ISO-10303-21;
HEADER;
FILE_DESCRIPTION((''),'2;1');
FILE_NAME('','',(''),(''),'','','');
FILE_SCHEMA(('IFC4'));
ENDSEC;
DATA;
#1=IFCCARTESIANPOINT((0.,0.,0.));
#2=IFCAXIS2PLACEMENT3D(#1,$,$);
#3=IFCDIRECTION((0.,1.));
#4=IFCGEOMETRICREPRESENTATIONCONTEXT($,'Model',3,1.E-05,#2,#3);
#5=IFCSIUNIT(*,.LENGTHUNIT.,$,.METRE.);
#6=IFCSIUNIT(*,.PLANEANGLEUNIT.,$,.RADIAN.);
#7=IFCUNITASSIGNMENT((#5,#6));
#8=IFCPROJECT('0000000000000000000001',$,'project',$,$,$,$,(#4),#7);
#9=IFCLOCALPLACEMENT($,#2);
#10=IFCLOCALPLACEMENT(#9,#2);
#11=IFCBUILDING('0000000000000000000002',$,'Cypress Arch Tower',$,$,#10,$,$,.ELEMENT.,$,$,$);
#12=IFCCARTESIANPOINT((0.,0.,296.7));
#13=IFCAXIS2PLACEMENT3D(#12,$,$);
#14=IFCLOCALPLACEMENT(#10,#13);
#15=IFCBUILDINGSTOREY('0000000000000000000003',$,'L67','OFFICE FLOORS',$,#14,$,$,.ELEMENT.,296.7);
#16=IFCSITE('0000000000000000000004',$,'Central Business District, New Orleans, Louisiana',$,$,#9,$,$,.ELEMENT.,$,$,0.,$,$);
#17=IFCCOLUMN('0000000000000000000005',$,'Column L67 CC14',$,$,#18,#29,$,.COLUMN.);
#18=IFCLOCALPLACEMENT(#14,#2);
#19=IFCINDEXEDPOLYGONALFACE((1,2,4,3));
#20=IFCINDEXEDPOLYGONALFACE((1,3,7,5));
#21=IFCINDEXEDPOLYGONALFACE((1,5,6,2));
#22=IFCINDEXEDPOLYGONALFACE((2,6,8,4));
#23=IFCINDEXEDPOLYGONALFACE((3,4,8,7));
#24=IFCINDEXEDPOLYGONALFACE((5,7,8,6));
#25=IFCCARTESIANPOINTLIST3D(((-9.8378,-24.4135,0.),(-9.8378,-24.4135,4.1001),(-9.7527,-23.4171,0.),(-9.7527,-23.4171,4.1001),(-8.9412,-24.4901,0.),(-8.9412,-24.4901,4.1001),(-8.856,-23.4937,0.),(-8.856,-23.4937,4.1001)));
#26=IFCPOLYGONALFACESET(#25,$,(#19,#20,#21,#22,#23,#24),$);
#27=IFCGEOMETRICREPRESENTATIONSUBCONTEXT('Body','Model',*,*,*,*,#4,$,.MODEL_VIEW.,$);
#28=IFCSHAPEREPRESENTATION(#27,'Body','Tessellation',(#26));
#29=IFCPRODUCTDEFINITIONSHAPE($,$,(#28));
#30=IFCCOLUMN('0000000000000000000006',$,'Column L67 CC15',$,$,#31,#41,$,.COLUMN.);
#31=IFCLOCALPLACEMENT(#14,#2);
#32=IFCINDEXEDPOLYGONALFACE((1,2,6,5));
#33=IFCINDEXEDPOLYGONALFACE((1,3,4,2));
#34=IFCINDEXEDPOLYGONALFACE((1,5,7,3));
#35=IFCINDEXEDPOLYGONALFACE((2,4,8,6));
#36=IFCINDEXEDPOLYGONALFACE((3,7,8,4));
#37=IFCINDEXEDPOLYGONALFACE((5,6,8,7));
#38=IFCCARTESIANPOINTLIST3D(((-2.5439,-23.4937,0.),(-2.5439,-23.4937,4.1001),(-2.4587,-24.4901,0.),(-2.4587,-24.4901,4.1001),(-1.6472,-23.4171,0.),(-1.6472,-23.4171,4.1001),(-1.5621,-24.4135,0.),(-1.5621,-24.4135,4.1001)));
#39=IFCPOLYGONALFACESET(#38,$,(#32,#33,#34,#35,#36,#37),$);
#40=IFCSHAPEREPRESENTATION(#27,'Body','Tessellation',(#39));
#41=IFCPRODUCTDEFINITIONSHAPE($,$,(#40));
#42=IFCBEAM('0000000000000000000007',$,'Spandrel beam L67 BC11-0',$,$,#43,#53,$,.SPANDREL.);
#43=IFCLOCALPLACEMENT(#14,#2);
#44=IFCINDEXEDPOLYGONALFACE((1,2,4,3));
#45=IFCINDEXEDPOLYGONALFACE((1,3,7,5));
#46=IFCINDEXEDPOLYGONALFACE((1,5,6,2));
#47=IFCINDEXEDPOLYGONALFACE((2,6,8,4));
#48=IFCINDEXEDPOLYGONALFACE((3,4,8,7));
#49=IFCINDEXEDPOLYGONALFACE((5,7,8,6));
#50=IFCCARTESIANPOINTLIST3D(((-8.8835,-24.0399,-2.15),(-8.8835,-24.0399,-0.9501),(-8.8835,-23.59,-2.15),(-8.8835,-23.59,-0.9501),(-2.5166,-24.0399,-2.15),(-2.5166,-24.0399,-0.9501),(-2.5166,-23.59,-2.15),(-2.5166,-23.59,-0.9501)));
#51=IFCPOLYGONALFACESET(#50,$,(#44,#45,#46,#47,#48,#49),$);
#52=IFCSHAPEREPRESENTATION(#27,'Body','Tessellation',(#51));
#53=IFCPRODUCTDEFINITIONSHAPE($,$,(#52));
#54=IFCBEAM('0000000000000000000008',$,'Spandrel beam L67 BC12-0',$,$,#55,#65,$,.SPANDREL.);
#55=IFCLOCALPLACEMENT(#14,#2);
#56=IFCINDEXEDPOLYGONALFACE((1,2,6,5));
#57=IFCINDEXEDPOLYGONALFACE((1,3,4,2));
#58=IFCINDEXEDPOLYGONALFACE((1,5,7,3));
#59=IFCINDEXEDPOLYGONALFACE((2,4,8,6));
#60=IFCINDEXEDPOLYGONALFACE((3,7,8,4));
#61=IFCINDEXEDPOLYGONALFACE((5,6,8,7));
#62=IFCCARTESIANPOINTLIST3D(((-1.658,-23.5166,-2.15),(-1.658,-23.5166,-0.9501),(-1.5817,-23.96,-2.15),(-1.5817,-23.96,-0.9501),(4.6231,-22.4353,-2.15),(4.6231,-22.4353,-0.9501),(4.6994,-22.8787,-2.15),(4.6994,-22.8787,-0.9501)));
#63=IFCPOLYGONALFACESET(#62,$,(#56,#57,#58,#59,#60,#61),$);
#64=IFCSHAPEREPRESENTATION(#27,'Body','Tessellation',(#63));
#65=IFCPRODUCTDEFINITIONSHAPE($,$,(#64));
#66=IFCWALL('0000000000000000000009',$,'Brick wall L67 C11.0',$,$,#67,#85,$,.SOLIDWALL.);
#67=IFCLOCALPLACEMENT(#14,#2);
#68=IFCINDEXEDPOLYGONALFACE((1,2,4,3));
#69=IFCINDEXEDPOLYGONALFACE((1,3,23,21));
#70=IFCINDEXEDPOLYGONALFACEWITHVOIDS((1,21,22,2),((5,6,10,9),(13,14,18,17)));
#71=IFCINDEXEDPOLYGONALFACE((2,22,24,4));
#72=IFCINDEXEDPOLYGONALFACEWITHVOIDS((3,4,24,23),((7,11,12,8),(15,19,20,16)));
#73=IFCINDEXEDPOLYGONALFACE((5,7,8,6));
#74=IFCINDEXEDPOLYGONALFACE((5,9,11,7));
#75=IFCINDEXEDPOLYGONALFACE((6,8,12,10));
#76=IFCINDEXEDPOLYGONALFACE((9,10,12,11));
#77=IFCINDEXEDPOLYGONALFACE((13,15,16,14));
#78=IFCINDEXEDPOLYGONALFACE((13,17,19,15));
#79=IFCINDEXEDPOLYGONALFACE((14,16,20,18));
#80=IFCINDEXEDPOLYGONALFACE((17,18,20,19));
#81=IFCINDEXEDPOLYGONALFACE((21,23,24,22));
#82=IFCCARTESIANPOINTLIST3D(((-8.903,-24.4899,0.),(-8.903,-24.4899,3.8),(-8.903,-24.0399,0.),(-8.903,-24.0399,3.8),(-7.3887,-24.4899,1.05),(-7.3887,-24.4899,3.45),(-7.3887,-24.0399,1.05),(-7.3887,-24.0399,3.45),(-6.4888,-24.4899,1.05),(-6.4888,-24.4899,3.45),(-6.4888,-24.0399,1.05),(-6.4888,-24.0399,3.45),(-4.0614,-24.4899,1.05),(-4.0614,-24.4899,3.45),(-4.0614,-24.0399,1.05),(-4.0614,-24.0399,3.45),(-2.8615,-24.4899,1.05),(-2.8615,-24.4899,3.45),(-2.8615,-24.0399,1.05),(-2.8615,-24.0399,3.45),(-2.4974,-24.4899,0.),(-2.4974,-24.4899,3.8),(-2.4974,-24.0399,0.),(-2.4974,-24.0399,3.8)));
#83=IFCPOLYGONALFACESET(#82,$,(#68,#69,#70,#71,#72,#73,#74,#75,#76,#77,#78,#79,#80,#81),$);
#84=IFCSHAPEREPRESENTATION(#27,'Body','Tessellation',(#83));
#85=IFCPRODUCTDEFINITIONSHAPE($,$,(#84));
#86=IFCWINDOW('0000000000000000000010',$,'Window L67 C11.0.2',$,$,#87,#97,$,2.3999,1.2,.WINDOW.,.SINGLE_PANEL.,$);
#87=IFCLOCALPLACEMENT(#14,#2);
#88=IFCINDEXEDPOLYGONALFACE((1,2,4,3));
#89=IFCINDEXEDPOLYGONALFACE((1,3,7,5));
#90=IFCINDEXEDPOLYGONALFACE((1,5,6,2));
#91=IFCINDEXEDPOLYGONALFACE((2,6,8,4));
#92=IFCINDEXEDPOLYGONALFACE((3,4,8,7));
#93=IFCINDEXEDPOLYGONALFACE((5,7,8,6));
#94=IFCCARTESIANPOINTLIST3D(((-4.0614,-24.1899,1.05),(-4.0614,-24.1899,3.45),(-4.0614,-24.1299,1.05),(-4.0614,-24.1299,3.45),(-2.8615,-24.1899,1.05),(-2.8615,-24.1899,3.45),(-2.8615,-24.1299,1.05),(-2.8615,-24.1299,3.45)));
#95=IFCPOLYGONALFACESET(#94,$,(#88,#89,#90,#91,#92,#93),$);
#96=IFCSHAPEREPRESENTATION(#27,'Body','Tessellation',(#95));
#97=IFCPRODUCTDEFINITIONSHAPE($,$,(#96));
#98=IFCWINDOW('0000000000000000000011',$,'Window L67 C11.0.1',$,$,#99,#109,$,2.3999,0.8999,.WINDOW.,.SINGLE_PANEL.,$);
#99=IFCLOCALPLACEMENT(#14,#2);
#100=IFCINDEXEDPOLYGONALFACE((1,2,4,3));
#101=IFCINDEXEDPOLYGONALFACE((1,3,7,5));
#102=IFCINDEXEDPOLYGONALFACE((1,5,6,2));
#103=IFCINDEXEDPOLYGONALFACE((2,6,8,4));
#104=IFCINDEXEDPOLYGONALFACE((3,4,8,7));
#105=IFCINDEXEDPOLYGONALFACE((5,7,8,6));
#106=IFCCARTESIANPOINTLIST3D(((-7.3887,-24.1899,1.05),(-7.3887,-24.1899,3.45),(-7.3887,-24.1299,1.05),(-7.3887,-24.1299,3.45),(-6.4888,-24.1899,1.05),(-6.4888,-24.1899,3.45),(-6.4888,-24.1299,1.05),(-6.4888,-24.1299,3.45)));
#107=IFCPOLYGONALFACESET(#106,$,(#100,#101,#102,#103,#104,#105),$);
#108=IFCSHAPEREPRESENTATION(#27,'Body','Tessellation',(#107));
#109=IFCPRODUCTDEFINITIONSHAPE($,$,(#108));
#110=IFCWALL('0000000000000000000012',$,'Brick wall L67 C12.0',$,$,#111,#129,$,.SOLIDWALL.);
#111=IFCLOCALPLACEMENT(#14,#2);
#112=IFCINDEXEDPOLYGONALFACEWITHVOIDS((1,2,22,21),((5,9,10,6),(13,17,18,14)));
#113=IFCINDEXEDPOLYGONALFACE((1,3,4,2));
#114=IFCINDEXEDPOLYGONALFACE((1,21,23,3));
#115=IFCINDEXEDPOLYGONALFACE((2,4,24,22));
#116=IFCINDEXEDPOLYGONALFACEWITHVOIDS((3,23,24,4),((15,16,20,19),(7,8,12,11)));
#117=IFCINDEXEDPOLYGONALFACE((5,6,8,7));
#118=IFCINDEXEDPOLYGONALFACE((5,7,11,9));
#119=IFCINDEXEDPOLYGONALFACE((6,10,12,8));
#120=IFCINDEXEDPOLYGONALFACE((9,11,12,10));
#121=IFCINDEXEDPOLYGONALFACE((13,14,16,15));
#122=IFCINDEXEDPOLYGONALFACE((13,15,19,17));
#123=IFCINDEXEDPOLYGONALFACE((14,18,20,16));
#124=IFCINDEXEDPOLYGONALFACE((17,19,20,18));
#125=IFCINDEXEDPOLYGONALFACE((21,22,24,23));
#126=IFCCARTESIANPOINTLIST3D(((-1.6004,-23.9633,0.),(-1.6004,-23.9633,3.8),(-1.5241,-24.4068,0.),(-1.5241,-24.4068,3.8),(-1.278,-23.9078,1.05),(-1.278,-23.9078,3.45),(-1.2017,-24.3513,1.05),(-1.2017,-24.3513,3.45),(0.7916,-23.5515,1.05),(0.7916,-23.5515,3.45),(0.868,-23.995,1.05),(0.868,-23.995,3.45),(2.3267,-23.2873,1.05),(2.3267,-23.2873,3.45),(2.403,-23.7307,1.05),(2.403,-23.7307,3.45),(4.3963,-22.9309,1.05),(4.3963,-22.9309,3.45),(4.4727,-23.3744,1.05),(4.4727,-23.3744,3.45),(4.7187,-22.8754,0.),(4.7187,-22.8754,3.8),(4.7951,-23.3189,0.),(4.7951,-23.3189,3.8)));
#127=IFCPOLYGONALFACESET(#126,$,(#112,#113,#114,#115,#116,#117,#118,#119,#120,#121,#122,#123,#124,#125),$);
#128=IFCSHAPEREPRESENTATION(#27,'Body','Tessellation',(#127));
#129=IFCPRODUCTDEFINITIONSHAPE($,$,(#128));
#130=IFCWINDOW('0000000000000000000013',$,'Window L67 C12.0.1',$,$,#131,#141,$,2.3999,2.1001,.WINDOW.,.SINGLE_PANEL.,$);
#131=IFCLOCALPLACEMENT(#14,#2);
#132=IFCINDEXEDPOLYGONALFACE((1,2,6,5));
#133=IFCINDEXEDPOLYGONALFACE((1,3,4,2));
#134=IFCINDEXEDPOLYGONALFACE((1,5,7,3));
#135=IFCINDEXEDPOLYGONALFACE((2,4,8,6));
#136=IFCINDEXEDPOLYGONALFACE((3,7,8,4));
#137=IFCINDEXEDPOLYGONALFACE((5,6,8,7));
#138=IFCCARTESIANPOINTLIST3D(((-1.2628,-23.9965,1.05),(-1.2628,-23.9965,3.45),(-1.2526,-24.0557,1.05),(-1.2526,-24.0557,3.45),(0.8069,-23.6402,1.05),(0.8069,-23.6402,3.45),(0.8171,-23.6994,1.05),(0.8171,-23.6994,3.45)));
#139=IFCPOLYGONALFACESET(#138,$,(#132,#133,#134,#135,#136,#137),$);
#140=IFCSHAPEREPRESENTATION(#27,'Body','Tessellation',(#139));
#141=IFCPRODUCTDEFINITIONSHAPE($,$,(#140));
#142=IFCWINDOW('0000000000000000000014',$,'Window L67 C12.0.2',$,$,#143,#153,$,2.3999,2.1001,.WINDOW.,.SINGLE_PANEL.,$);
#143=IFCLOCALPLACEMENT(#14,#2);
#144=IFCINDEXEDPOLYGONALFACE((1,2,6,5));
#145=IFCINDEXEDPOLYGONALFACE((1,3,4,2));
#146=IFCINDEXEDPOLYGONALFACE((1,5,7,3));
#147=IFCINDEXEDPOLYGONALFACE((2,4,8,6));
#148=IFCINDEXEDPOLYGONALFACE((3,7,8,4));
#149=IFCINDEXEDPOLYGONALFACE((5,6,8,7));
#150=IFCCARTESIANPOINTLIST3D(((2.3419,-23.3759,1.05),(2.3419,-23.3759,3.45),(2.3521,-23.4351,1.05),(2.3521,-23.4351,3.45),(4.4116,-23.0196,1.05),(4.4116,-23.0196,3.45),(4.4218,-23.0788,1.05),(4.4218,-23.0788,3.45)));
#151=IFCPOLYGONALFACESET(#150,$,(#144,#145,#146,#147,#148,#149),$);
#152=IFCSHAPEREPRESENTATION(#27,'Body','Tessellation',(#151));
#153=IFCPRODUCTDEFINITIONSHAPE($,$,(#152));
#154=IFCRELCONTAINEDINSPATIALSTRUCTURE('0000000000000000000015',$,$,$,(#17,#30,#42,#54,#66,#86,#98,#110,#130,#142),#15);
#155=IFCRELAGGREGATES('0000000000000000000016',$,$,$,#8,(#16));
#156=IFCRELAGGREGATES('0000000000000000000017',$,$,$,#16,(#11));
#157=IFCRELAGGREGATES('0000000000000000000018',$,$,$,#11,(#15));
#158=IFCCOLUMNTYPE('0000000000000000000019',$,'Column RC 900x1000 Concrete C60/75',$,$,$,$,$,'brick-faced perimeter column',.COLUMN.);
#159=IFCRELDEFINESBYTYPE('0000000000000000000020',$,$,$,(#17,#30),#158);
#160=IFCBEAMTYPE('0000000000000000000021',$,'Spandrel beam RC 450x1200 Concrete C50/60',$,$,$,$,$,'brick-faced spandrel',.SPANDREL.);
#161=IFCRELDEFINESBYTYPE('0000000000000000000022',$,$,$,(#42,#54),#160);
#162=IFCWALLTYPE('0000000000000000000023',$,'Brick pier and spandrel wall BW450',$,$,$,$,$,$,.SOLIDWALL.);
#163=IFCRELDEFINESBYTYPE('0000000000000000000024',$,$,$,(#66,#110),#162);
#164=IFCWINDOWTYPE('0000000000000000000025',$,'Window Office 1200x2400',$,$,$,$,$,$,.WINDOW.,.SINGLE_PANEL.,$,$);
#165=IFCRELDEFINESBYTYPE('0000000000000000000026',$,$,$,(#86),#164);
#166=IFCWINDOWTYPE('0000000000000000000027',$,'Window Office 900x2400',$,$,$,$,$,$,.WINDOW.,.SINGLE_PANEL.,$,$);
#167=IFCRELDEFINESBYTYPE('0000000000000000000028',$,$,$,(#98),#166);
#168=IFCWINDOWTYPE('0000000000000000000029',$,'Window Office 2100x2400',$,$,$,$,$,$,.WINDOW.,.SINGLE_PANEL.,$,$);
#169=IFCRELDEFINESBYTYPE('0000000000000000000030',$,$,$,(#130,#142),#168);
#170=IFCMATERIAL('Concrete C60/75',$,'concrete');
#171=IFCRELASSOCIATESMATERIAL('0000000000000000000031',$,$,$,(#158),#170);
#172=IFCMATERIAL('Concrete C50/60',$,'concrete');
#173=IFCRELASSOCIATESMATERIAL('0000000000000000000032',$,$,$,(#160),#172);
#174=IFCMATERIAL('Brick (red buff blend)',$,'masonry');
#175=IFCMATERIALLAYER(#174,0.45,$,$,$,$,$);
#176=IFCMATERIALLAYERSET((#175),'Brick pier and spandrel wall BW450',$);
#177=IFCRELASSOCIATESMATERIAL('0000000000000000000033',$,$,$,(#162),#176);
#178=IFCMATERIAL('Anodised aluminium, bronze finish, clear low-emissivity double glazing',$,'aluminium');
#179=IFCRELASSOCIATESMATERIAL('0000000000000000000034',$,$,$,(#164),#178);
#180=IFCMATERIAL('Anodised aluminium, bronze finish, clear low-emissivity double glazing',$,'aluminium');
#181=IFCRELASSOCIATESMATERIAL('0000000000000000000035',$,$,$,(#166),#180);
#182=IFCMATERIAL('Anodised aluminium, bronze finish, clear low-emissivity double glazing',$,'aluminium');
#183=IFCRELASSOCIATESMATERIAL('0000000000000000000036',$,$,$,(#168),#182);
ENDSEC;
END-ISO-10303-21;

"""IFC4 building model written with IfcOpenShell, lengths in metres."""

from ifc_helpers import new_model, si_unit, direction, frame, frame_2d, origin, origin_2d, place, context, subcontext, project, spatial, rectangle, extrude, material, layer, layer_set, material_profile, profile_set, type_object, element, fill, save


model = new_model("IFC4")

# Units and contexts
model_context = context("Model", 3, precision=1e-05, world=origin(), true_north=direction((0.0, 1.0)))
body_context = subcontext(model_context, "Body", "Model", "MODEL_VIEW")
ifc_project = project(units=[si_unit("LENGTHUNIT", "METRE"), si_unit("PLANEANGLEUNIT", "RADIAN")], contexts=[model_context])

# Site, building, storey
site_placement = place(None, origin())
site = spatial("IfcSite", under=ifc_project, at=site_placement, Name="Central Business District, New Orleans, Louisiana", CompositionType="ELEMENT", RefElevation=0.0)
building_placement = place(site_placement, origin())
building = spatial("IfcBuilding", under=site, at=building_placement, Name="Cypress Arch Tower", CompositionType="ELEMENT")
storey_placement = place(building_placement, frame((0.0, 0.0, 296.7)))
storey = spatial("IfcBuildingStorey", under=building, at=storey_placement, Name="L67", Description="OFFICE FLOORS", CompositionType="ELEMENT", Elevation=296.7)

# Columns
ifc_material_1 = material(Name="Concrete C60/75", Category="concrete")
ifc_material_profile_1 = material_profile(ifc_material_1, rectangle(XDim=0.8999, YDim=1.0, at=origin_2d()), Name="RC 900x1000")
ifc_profile_set_1 = profile_set([ifc_material_profile_1], Name="Concrete C60/75")
column_type = type_object("IfcColumnType", Name="Column RC 900x1000 Concrete C60/75", ElementType="brick-faced perimeter column", PredefinedType="COLUMN", material=ifc_profile_set_1)
for number, where, z_axis, x_axis, name in (
    (1, (-9.3469, -23.9536, 0.0), (0.0, 0.0, 1.0), (0.996368, -0.085149, 0.0), "Column L67 CC14"),
    (2, (-2.053, -23.9536, 0.0), (0.0, 0.0, 1.0), (0.996368, 0.085149, 0.0), "Column L67 CC15"),
):
    element("IfcColumn", number, at=place(storey_placement, frame(where, z_axis=z_axis, x_axis=x_axis)), inside=storey, type_object=column_type, Name=name, PredefinedType="COLUMN", context=body_context, shape_type="SweptSolid", body=[
        extrude(rectangle(XDim=0.8999, YDim=1.0, at=origin_2d()), origin(), (0.0, 0.0, 1.0), 4.1001),
    ])

# Beams
ifc_material_2 = material(Name="Concrete C50/60", Category="concrete")
ifc_material_profile_2 = material_profile(ifc_material_2, rectangle(XDim=0.45, YDim=1.2, at=origin_2d()), Name="RC 450x1200")
ifc_profile_set_2 = profile_set([ifc_material_profile_2], Name="Concrete C50/60")
beam_type = type_object("IfcBeamType", Name="Spandrel beam RC 450x1200 Concrete C50/60", ElementType="brick-faced spandrel", PredefinedType="SPANDREL", material=ifc_profile_set_2)
beam_1_placement = place(storey_placement, frame((-8.8835, -23.8149, -1.55), z_axis=(1.0, 0.0, 0.0), x_axis=(0.0, 1.0, 0.0)))
element("IfcBeam", 3, at=beam_1_placement, inside=storey, type_object=beam_type, Name="Spandrel beam L67 BC11-0", PredefinedType="SPANDREL", context=body_context, shape_type="SweptSolid", body=[
    extrude(rectangle(XDim=0.45, YDim=1.2, at=origin_2d()), origin(), (0.0, 0.0, 1.0), 6.3669),
])
beam_2_placement = place(storey_placement, frame((-1.6199, -23.7383, -1.55), z_axis=(0.985504, 0.169652, 0.0), x_axis=(-0.169652, 0.985504, 0.0)))
element("IfcBeam", 4, at=beam_2_placement, inside=storey, type_object=beam_type, Name="Spandrel beam L67 BC12-0", PredefinedType="SPANDREL", context=body_context, shape_type="SweptSolid", body=[
    extrude(rectangle(XDim=0.45, YDim=1.2, at=origin_2d()), origin(), (0.0, 0.0, 1.0), 6.3735),
])

# Walls, openings, windows
ifc_material_3 = material(Name="Brick (red buff blend)", Category="masonry")
ifc_layer_1 = layer(ifc_material_3, 0.45)
ifc_layer_set_1 = layer_set([ifc_layer_1], Name="Brick pier and spandrel wall BW450")
wall_type_1 = type_object("IfcWallType", Name="Brick pier and spandrel wall BW450", PredefinedType="SOLIDWALL", material=ifc_layer_set_1)
wall_1_placement = place(storey_placement, frame((-8.9028, -24.2649, 0.0), z_axis=(0.0, 0.0, 1.0), x_axis=(1.0, 0.0, 0.0)))
wall_1 = element("IfcWall", 5, at=wall_1_placement, inside=storey, type_object=wall_type_1, Name="Brick wall L67 C11.0", PredefinedType="SOLIDWALL", context=body_context, shape_type="SweptSolid", body=[
    extrude(rectangle(XDim=6.4055, YDim=0.45, at=frame_2d((3.2026, 0.0))), origin(), (0.0, 0.0, 1.0), 3.8),
])
opening_1_placement = place(wall_1_placement, frame((1.5142, 0.0, 1.05)))
opening_1 = element("IfcOpeningElement", 6, at=opening_1_placement, cuts=wall_1, PredefinedType="OPENING", context=body_context, shape_type="SweptSolid", body=[
    extrude(rectangle(XDim=0.8999, YDim=2.3999, at=frame_2d((0.45, 1.2))), frame((0.0, 0.2349, 0.0), z_axis=(0.0, -1.0, 0.0), x_axis=(1.0, 0.0, 0.0)), (0.0, 0.0, 1.0), 0.47),
])
opening_2_placement = place(wall_1_placement, frame((4.8413, 0.0, 1.05)))
opening_2 = element("IfcOpeningElement", 7, at=opening_2_placement, cuts=wall_1, PredefinedType="OPENING", context=body_context, shape_type="SweptSolid", body=[
    extrude(rectangle(XDim=1.2, YDim=2.3999, at=frame_2d((0.6001, 1.2))), frame((0.0, 0.2349, 0.0), z_axis=(0.0, -1.0, 0.0), x_axis=(1.0, 0.0, 0.0)), (0.0, 0.0, 1.0), 0.47),
])
ifc_material_4 = material(Name="Anodised aluminium, bronze finish, clear low-emissivity double glazing", Category="aluminium")
window_type_1 = type_object("IfcWindowType", Name="Window Office 1200x2400", PartitioningType="SINGLE_PANEL", PredefinedType="WINDOW", material=ifc_material_4)
window_1_placement = place(opening_2_placement, origin())
window_1 = element("IfcWindow", 8, at=window_1_placement, inside=storey, type_object=window_type_1, Name="Window L67 C11.0.2", OverallHeight=2.3999, OverallWidth=1.2, PartitioningType="SINGLE_PANEL", PredefinedType="WINDOW", context=body_context, shape_type="SweptSolid", body=[
    extrude(rectangle(XDim=1.2, YDim=2.3999, at=frame_2d((0.6001, 1.2))), frame((0.0, 0.135, 0.0), z_axis=(0.0, -1.0, 0.0), x_axis=(1.0, 0.0, 0.0)), (0.0, 0.0, 1.0), 0.0601),
])
fill(opening_2, window_1)
ifc_material_5 = material(Name="Anodised aluminium, bronze finish, clear low-emissivity double glazing", Category="aluminium")
window_type_2 = type_object("IfcWindowType", Name="Window Office 900x2400", PartitioningType="SINGLE_PANEL", PredefinedType="WINDOW", material=ifc_material_5)
window_2_placement = place(opening_1_placement, origin())
window_2 = element("IfcWindow", 9, at=window_2_placement, inside=storey, type_object=window_type_2, Name="Window L67 C11.0.1", OverallHeight=2.3999, OverallWidth=0.8999, PartitioningType="SINGLE_PANEL", PredefinedType="WINDOW", context=body_context, shape_type="SweptSolid", body=[
    extrude(rectangle(XDim=0.8999, YDim=2.3999, at=frame_2d((0.45, 1.2))), frame((0.0, 0.135, 0.0), z_axis=(0.0, -1.0, 0.0), x_axis=(1.0, 0.0, 0.0)), (0.0, 0.0, 1.0), 0.0601),
])
fill(opening_1, window_2)
wall_2_placement = place(storey_placement, frame((-1.5623, -24.1851, 0.0), z_axis=(0.0, 0.0, 1.0), x_axis=(0.985502, 0.169663, 0.0)))
wall_2 = element("IfcWall", 10, at=wall_2_placement, inside=storey, type_object=wall_type_1, Name="Brick wall L67 C12.0", PredefinedType="SOLIDWALL", context=body_context, shape_type="SweptSolid", body=[
    extrude(rectangle(XDim=6.4121, YDim=0.45, at=frame_2d((3.2061, 0.0))), origin(), (0.0, 0.0, 1.0), 3.8),
])
opening_3_placement = place(wall_2_placement, frame((0.3271, 0.0, 1.05)))
opening_3 = element("IfcOpeningElement", 11, at=opening_3_placement, cuts=wall_2, PredefinedType="OPENING", context=body_context, shape_type="SweptSolid", body=[
    extrude(rectangle(XDim=2.1001, YDim=2.3999, at=frame_2d((1.05, 1.2))), frame((0.0, 0.2349, 0.0), z_axis=(0.0, -1.0, 0.0), x_axis=(1.0, 0.0, 0.0)), (0.0, 0.0, 1.0), 0.47),
])
opening_4_placement = place(wall_2_placement, frame((3.9849, 0.0, 1.05)))
opening_4 = element("IfcOpeningElement", 12, at=opening_4_placement, cuts=wall_2, PredefinedType="OPENING", context=body_context, shape_type="SweptSolid", body=[
    extrude(rectangle(XDim=2.1001, YDim=2.3999, at=frame_2d((1.05, 1.2))), frame((0.0, 0.2349, 0.0), z_axis=(0.0, -1.0, 0.0), x_axis=(1.0, 0.0, 0.0)), (0.0, 0.0, 1.0), 0.47),
])
ifc_material_6 = material(Name="Anodised aluminium, bronze finish, clear low-emissivity double glazing", Category="aluminium")
window_type_3 = type_object("IfcWindowType", Name="Window Office 2100x2400", PartitioningType="SINGLE_PANEL", PredefinedType="WINDOW", material=ifc_material_6)
window_3_placement = place(opening_3_placement, origin())
window_3 = element("IfcWindow", 13, at=window_3_placement, inside=storey, type_object=window_type_3, Name="Window L67 C12.0.1", OverallHeight=2.3999, OverallWidth=2.1001, PartitioningType="SINGLE_PANEL", PredefinedType="WINDOW", context=body_context, shape_type="SweptSolid", body=[
    extrude(rectangle(XDim=2.1001, YDim=2.3999, at=frame_2d((1.05, 1.2))), frame((0.0, 0.135, 0.0), z_axis=(0.0, -1.0, 0.0), x_axis=(1.0, 0.0, 0.0)), (0.0, 0.0, 1.0), 0.0601),
])
fill(opening_3, window_3)
window_4_placement = place(opening_4_placement, origin())
window_4 = element("IfcWindow", 14, at=window_4_placement, inside=storey, type_object=window_type_3, Name="Window L67 C12.0.2", OverallHeight=2.3999, OverallWidth=2.1001, PartitioningType="SINGLE_PANEL", PredefinedType="WINDOW", context=body_context, shape_type="SweptSolid", body=[
    extrude(rectangle(XDim=2.1001, YDim=2.3999, at=frame_2d((1.05, 1.2))), frame((0.0, 0.135, 0.0), z_axis=(0.0, -1.0, 0.0), x_axis=(1.0, 0.0, 0.0)), (0.0, 0.0, 1.0), 0.0601),
])
fill(opening_4, window_4)

save(model, "model.ifc")
